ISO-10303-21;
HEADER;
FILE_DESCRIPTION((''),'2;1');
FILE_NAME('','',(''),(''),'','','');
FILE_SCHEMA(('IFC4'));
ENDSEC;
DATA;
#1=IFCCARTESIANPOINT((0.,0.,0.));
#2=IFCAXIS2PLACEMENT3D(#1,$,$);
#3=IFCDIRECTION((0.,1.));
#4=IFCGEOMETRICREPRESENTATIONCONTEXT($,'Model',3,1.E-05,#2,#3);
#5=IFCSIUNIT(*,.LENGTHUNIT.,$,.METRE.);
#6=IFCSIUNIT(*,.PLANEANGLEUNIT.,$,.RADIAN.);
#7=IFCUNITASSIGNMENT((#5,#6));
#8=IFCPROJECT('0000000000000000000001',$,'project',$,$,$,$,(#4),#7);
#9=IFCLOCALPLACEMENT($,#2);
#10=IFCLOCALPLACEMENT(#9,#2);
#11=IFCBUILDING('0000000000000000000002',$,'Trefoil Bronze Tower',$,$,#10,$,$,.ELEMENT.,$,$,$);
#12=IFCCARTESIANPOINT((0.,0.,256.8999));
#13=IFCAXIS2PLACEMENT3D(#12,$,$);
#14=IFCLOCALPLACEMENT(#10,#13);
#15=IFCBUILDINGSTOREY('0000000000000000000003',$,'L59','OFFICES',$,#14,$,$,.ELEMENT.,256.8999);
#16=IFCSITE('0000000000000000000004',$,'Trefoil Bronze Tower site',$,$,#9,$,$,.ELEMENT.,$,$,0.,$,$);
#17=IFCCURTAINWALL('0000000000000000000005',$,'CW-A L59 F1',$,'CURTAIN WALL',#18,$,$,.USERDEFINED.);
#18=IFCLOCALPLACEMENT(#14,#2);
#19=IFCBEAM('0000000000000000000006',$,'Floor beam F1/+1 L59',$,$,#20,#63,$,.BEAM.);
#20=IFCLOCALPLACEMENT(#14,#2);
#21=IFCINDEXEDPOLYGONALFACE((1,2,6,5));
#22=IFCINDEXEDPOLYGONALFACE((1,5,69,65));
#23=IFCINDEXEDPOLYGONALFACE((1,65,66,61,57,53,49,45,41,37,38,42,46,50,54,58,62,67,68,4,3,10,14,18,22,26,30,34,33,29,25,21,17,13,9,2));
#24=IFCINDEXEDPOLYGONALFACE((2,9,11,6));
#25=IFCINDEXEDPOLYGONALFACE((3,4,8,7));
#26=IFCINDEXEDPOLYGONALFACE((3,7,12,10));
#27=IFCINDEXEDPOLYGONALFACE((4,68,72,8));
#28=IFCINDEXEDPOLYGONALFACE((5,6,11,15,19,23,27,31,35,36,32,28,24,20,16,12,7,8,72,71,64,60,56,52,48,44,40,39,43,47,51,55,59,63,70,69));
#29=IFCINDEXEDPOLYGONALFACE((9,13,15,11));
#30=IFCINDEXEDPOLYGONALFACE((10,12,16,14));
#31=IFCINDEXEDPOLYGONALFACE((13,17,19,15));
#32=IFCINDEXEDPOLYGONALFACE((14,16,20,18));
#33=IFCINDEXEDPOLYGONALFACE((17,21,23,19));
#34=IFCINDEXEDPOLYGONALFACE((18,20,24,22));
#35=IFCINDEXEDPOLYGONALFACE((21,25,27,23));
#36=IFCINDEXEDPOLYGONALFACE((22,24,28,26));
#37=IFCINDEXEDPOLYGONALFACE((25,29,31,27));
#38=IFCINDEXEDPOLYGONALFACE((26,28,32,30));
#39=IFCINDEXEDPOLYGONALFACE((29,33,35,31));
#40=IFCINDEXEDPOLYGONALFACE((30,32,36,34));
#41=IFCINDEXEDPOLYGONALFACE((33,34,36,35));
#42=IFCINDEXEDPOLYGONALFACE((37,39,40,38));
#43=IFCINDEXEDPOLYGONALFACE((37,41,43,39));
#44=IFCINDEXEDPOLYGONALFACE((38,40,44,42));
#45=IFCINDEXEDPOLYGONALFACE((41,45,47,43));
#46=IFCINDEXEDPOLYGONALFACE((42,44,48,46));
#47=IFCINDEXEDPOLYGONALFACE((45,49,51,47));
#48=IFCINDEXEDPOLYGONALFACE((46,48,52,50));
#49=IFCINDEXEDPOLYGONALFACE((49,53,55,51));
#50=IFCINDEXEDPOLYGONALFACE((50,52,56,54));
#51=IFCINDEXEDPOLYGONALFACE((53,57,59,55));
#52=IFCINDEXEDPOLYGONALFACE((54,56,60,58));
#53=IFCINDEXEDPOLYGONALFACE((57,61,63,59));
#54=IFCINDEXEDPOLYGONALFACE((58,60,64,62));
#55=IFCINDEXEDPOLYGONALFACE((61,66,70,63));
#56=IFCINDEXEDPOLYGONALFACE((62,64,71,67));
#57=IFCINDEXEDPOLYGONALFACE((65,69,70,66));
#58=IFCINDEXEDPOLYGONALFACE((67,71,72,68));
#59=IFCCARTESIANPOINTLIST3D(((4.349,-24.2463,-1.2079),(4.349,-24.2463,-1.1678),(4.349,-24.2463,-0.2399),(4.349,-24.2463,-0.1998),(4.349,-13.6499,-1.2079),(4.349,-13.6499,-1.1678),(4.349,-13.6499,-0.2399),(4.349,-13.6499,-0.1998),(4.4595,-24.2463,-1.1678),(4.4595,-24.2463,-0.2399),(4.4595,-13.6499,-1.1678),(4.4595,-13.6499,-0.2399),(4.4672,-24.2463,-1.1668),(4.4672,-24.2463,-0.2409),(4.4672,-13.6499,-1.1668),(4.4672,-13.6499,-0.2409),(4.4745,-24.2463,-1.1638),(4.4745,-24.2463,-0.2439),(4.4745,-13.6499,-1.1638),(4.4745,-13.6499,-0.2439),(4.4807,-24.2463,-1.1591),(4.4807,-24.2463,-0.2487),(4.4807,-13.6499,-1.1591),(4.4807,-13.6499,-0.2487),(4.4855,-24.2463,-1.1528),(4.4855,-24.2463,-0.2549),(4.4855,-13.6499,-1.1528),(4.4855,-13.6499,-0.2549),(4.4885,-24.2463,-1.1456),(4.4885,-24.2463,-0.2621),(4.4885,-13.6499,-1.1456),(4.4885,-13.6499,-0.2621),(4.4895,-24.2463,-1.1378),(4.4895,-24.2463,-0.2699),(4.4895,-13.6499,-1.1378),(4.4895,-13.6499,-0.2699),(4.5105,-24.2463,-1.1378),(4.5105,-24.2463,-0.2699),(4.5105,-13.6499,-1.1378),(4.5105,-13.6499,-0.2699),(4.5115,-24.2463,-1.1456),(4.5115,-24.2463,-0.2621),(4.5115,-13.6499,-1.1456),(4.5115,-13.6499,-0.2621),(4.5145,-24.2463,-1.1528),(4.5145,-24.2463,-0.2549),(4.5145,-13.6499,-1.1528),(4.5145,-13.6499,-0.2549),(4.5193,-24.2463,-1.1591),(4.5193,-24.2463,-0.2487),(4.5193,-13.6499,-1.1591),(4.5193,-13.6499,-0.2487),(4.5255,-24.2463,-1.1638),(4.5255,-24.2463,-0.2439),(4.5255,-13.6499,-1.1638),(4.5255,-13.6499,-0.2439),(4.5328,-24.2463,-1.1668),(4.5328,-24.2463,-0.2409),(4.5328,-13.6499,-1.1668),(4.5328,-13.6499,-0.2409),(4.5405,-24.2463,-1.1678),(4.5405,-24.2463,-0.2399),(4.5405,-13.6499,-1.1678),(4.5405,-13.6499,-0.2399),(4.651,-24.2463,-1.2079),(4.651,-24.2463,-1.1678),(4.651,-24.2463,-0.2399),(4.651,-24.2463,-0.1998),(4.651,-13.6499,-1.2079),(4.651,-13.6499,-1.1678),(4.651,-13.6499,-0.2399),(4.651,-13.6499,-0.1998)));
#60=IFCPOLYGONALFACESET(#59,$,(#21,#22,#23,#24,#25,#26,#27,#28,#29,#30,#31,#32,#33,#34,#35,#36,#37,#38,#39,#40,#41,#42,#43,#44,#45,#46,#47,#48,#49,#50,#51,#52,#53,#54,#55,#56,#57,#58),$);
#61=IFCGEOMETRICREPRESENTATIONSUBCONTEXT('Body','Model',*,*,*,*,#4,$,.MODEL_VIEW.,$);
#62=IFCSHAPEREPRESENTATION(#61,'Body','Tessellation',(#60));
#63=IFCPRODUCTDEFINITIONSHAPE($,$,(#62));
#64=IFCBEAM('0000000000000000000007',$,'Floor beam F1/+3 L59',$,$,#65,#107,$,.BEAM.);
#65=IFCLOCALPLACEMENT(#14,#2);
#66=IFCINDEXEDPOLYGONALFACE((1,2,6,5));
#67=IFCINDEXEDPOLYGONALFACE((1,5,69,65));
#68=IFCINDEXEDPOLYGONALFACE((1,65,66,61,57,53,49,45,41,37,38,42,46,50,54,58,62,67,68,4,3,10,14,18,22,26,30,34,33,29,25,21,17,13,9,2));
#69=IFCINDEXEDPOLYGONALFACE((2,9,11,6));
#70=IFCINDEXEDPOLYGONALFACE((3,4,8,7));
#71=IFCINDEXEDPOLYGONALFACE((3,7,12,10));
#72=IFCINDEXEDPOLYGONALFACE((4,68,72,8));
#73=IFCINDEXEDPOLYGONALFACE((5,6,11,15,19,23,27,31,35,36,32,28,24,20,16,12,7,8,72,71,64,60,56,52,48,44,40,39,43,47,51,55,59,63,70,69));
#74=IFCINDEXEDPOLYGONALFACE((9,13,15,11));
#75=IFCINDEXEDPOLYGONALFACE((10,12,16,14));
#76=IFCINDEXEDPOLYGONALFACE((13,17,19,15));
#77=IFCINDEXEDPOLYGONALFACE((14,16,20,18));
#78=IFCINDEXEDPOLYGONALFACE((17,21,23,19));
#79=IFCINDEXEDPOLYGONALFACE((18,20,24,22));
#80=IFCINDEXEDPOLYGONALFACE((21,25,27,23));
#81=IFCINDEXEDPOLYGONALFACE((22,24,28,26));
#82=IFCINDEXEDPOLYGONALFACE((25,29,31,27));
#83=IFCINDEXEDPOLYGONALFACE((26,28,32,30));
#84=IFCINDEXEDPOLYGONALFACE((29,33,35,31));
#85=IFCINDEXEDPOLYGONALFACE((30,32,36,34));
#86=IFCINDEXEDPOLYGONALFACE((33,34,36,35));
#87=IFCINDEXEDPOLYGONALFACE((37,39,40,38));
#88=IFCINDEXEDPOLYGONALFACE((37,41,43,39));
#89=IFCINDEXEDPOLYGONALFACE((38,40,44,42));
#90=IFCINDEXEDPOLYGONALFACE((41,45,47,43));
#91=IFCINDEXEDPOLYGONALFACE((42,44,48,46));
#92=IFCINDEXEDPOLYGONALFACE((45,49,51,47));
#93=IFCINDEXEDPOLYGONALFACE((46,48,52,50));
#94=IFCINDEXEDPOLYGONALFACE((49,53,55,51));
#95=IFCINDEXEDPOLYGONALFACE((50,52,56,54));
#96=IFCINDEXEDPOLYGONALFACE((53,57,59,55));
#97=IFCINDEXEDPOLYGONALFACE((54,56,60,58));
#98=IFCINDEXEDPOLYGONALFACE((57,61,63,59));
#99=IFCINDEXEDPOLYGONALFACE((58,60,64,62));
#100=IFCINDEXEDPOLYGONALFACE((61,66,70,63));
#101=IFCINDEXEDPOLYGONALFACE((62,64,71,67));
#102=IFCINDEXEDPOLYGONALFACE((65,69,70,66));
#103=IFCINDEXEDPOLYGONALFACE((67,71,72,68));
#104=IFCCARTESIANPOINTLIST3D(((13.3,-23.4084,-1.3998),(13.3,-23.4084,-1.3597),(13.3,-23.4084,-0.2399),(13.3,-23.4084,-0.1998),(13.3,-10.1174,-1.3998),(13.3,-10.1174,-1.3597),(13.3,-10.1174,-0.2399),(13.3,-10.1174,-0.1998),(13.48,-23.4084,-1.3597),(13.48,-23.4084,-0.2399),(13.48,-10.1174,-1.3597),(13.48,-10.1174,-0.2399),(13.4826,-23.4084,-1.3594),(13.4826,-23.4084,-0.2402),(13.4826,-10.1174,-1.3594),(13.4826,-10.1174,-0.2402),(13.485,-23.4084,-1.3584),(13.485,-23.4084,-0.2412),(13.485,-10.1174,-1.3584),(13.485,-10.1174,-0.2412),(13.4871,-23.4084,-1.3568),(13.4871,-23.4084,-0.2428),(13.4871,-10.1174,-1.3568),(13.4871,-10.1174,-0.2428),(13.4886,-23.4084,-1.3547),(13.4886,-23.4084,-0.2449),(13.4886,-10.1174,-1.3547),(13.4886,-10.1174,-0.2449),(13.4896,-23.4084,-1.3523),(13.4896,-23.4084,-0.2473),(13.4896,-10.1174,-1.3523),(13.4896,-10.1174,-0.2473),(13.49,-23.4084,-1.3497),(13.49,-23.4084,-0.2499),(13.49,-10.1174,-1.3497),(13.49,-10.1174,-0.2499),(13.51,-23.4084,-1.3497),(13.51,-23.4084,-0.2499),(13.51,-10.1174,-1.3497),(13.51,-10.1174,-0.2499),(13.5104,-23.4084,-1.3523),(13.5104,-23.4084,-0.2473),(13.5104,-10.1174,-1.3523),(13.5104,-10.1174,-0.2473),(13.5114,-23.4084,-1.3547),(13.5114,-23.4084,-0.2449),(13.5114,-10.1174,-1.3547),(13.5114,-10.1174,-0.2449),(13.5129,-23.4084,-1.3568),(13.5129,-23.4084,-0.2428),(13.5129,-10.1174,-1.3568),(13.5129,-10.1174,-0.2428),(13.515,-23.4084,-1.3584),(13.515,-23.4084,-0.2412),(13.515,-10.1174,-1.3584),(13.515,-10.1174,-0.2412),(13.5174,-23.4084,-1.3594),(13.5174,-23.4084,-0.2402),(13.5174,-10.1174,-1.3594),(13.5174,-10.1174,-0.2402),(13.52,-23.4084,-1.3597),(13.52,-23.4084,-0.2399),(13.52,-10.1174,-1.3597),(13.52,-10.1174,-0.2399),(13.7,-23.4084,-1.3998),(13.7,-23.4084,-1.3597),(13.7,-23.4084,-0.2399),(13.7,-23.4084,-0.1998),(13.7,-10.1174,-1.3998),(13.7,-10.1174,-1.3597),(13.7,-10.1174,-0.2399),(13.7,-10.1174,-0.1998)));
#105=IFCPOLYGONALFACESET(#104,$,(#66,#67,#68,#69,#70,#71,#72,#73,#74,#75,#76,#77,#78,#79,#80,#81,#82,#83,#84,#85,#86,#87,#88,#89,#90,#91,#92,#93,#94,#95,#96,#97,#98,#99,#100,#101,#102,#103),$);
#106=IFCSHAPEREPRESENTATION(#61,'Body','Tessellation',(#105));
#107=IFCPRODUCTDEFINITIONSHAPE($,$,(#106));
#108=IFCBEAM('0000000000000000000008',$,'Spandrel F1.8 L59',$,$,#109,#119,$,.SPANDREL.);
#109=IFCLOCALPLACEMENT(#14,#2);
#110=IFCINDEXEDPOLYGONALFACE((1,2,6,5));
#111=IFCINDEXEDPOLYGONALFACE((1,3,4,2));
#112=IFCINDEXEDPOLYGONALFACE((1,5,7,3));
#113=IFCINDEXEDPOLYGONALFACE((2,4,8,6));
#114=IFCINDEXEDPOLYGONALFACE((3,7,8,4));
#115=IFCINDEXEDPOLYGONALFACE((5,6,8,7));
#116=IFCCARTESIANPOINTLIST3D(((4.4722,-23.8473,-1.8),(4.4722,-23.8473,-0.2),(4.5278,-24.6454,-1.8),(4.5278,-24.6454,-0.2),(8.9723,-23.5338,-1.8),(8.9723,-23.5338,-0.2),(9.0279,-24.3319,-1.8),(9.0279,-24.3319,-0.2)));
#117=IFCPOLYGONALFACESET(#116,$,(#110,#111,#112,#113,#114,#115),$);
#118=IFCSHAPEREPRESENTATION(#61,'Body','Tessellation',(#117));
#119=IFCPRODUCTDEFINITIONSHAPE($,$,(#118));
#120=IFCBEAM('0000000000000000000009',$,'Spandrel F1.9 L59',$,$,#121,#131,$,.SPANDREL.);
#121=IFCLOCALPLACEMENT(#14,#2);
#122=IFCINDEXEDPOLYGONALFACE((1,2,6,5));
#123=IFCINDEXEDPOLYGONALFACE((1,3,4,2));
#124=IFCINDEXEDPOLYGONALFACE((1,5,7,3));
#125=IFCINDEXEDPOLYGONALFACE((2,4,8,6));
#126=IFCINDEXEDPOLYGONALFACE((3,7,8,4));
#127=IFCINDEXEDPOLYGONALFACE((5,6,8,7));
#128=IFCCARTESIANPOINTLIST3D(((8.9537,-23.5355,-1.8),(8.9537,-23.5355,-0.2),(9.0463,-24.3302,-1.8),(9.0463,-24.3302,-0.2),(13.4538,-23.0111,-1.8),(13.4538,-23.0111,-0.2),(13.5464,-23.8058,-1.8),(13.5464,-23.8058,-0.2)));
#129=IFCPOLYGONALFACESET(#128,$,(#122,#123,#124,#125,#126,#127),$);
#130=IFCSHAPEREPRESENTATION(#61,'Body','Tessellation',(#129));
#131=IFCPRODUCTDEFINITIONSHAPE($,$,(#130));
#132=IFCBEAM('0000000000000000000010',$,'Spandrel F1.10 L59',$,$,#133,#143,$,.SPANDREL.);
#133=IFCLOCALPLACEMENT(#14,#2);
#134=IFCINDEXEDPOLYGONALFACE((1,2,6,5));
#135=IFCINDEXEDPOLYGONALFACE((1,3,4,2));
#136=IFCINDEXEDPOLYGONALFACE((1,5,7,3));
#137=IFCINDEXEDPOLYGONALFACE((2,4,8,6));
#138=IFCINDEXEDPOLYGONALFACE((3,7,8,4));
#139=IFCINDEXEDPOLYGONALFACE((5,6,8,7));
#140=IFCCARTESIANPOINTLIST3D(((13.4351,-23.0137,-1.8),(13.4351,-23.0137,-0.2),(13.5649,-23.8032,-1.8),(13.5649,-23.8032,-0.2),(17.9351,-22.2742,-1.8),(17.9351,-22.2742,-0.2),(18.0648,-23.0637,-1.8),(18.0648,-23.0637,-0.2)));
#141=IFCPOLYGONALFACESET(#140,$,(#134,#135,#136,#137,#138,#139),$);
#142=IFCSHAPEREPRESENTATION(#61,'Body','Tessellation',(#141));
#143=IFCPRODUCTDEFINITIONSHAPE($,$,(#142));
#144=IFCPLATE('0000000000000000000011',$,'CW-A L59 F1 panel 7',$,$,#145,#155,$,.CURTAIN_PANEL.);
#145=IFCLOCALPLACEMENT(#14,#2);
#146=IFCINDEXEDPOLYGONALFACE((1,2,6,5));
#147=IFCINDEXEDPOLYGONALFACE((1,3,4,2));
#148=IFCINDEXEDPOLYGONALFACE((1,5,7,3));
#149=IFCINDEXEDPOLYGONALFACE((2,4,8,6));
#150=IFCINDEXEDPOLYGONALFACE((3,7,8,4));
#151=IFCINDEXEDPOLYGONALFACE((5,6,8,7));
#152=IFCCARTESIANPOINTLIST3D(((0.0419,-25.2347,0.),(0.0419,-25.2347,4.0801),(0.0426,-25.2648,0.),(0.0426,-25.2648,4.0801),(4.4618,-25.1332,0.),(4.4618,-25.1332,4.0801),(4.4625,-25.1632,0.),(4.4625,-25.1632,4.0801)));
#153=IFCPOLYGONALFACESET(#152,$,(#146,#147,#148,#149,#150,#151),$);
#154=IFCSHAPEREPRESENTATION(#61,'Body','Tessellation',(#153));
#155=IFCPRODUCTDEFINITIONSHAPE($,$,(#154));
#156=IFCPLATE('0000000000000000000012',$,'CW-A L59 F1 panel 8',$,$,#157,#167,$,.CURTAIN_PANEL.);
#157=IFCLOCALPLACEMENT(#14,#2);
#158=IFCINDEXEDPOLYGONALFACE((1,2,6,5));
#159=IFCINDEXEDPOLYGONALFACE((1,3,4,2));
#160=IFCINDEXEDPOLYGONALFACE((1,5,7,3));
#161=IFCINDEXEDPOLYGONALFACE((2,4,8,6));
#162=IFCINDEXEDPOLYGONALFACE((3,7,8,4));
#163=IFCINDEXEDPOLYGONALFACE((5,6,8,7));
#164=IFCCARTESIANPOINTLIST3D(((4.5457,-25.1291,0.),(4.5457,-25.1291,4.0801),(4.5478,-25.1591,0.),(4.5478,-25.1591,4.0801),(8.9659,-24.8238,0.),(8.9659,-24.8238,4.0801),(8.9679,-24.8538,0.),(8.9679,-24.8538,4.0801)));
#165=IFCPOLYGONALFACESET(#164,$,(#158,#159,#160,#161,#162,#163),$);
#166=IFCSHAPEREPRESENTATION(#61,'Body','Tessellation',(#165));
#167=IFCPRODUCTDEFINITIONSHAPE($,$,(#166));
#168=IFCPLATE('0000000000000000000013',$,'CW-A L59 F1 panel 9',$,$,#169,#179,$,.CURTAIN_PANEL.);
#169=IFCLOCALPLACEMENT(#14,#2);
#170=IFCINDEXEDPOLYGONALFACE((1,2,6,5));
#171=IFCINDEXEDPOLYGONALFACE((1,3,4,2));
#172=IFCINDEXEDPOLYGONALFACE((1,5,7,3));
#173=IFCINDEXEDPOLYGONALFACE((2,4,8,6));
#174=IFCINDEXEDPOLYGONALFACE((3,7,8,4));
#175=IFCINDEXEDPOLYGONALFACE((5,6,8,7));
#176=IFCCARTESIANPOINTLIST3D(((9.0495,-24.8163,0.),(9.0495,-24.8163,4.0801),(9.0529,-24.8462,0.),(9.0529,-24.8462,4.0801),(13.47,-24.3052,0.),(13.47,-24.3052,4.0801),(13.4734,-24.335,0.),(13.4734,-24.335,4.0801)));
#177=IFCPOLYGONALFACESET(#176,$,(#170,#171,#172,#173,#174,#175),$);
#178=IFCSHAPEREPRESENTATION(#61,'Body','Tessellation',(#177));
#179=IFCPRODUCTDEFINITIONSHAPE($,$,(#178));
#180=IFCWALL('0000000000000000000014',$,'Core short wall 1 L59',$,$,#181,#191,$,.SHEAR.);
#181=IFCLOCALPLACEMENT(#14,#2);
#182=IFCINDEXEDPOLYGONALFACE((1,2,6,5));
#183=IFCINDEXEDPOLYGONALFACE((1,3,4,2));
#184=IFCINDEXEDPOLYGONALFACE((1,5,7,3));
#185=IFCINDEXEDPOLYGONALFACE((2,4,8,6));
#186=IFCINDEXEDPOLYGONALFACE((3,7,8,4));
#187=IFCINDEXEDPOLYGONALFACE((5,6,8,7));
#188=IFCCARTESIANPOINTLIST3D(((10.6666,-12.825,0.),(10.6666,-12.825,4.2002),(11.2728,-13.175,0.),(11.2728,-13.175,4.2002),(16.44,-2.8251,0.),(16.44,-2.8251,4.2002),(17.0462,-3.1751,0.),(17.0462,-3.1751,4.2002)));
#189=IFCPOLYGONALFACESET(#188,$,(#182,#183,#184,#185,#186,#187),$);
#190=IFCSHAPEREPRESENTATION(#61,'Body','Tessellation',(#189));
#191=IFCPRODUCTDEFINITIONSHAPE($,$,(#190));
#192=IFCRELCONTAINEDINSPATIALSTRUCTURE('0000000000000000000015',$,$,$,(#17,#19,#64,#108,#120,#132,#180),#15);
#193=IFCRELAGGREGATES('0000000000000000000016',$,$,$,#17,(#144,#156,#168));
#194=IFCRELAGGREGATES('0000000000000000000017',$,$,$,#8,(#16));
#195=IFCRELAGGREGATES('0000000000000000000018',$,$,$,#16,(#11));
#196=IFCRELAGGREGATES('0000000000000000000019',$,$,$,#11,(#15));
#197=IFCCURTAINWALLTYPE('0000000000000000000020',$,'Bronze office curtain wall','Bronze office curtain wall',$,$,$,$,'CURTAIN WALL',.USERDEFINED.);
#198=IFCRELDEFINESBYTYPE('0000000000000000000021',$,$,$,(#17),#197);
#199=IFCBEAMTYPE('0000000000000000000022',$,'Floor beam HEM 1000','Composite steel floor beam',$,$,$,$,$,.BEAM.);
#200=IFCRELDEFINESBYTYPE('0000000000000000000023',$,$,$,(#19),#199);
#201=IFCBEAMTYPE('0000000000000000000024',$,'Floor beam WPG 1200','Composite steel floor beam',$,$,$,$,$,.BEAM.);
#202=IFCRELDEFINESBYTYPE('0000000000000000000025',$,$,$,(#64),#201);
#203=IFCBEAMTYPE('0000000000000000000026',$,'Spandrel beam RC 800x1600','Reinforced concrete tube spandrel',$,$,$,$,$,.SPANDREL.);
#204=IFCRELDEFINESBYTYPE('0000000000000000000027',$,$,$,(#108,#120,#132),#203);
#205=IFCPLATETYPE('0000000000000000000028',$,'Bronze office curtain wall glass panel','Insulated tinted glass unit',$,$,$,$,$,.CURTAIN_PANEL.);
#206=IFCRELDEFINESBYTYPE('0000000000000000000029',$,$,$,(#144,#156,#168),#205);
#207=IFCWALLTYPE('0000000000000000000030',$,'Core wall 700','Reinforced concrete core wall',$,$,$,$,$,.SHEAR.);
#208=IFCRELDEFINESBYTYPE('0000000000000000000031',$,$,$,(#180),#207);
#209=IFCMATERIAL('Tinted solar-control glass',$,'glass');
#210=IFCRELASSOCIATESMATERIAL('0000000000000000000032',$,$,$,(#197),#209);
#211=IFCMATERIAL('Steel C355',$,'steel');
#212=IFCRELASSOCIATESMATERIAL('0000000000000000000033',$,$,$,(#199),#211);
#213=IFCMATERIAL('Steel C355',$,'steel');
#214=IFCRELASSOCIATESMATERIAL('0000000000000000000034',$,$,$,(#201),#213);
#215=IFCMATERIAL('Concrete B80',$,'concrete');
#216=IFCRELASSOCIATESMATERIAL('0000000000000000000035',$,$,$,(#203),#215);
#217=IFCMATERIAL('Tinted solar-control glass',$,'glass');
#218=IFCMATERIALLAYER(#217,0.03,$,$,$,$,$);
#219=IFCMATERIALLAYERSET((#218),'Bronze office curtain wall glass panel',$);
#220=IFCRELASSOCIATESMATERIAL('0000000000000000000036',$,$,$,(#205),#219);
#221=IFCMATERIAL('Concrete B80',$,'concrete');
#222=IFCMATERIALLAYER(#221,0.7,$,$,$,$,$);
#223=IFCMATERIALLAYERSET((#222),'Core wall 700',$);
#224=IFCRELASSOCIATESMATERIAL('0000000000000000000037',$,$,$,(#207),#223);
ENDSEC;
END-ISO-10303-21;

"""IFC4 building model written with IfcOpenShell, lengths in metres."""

from ifc_helpers import new_model, si_unit, direction, frame, frame_2d, origin, origin_2d, place, context, subcontext, project, spatial, rectangle, i_section, extrude, material, layer, layer_set, material_profile, profile_set, type_object, element, aggregate, save


model = new_model("IFC4")

# Units and contexts
model_context = context("Model", 3, precision=1e-05, world=origin(), true_north=direction((0.0, 1.0)))
body_context = subcontext(model_context, "Body", "Model", "MODEL_VIEW")
ifc_project = project(units=[si_unit("LENGTHUNIT", "METRE"), si_unit("PLANEANGLEUNIT", "RADIAN")], contexts=[model_context])

# Site, building, storey
site_placement = place(None, origin())
site = spatial("IfcSite", under=ifc_project, at=site_placement, Name="Trefoil Bronze Tower site", CompositionType="ELEMENT", RefElevation=0.0)
building_placement = place(site_placement, origin())
building = spatial("IfcBuilding", under=site, at=building_placement, Name="Trefoil Bronze Tower", CompositionType="ELEMENT")
storey_placement = place(building_placement, frame((0.0, 0.0, 256.8999)))
storey = spatial("IfcBuildingStorey", under=building, at=storey_placement, Name="L59", Description="OFFICES", CompositionType="ELEMENT", Elevation=256.8999)

# Curtain wall
ifc_material_1 = material(Name="Tinted solar-control glass", Category="glass")
curtain_wall_type = type_object("IfcCurtainWallType", Name="Bronze office curtain wall", Description="Bronze office curtain wall", ElementType="CURTAIN WALL", PredefinedType="USERDEFINED", material=ifc_material_1)
curtain_wall_placement = place(storey_placement, origin())
curtain_wall = element("IfcCurtainWall", 1, at=curtain_wall_placement, inside=storey, type_object=curtain_wall_type, Name="CW-A L59 F1", ObjectType="CURTAIN WALL", PredefinedType="USERDEFINED")

# Beams
ifc_material_2 = material(Name="Steel C355", Category="steel")
ifc_material_profile_1 = material_profile(ifc_material_2, i_section(OverallWidth=0.302, OverallDepth=1.0081, WebThickness=0.021, FlangeThickness=0.04, FilletRadius=0.03, at=origin_2d()), Name="HEM 1000")
ifc_profile_set_1 = profile_set([ifc_material_profile_1], Name="Steel C355")
beam_type_1 = type_object("IfcBeamType", Name="Floor beam HEM 1000", Description="Composite steel floor beam", PredefinedType="BEAM", material=ifc_profile_set_1)
beam_1_placement = place(storey_placement, frame((4.5, -24.2463, -0.7039), z_axis=(0.0, 1.0, 0.0), x_axis=(-1.0, 0.0, 0.0)))
element("IfcBeam", 2, at=beam_1_placement, inside=storey, type_object=beam_type_1, Name="Floor beam F1/+1 L59", PredefinedType="BEAM", context=body_context, shape_type="SweptSolid", body=[
    extrude(i_section(OverallWidth=0.302, OverallDepth=1.0081, WebThickness=0.021, FlangeThickness=0.04, FilletRadius=0.03, at=origin_2d()), origin(), (0.0, 0.0, 1.0), 10.5964),
])
ifc_material_3 = material(Name="Steel C355", Category="steel")
ifc_material_profile_2 = material_profile(ifc_material_3, i_section(OverallWidth=0.3999, OverallDepth=1.2, WebThickness=0.02, FlangeThickness=0.04, FilletRadius=0.01, at=origin_2d()), Name="WPG 1200")
ifc_profile_set_2 = profile_set([ifc_material_profile_2], Name="Steel C355")
beam_type_2 = type_object("IfcBeamType", Name="Floor beam WPG 1200", Description="Composite steel floor beam", PredefinedType="BEAM", material=ifc_profile_set_2)
beam_2_placement = place(storey_placement, frame((13.5, -23.4084, -0.7998), z_axis=(0.0, 1.0, 0.0), x_axis=(-1.0, 0.0, 0.0)))
element("IfcBeam", 3, at=beam_2_placement, inside=storey, type_object=beam_type_2, Name="Floor beam F1/+3 L59", PredefinedType="BEAM", context=body_context, shape_type="SweptSolid", body=[
    extrude(i_section(OverallWidth=0.3999, OverallDepth=1.2, WebThickness=0.02, FlangeThickness=0.04, FilletRadius=0.01, at=origin_2d()), origin(), (0.0, 0.0, 1.0), 13.291),
])
ifc_material_4 = material(Name="Concrete B80", Category="concrete")
ifc_material_profile_3 = material_profile(ifc_material_4, rectangle(XDim=0.8, YDim=1.6001, at=origin_2d()), Name="RC 800x1600")
ifc_profile_set_3 = profile_set([ifc_material_profile_3], Name="Concrete B80")
beam_type_3 = type_object("IfcBeamType", Name="Spandrel beam RC 800x1600", Description="Reinforced concrete tube spandrel", PredefinedType="SPANDREL", material=ifc_profile_set_3)
beam_3_placement = place(storey_placement, frame((4.5, -24.2463, -1.0), z_axis=(0.997582, 0.069493, 0.0), x_axis=(-0.069493, 0.997582, 0.0)))
element("IfcBeam", 4, at=beam_3_placement, inside=storey, type_object=beam_type_3, Name="Spandrel F1.8 L59", PredefinedType="SPANDREL", context=body_context, shape_type="SweptSolid", body=[
    extrude(rectangle(XDim=0.8, YDim=1.6001, at=origin_2d()), origin(), (0.0, 0.0, 1.0), 4.511),
])
beam_4_placement = place(storey_placement, frame((9.0, -23.9329, -1.0), z_axis=(0.993278, 0.115753, 0.0), x_axis=(-0.115753, 0.993278, 0.0)))
element("IfcBeam", 5, at=beam_4_placement, inside=storey, type_object=beam_type_3, Name="Spandrel F1.9 L59", PredefinedType="SPANDREL", context=body_context, shape_type="SweptSolid", body=[
    extrude(rectangle(XDim=0.8, YDim=1.6001, at=origin_2d()), origin(), (0.0, 0.0, 1.0), 4.5305),
])
beam_5_placement = place(storey_placement, frame((13.5, -23.4084, -1.0), z_axis=(0.986765, 0.162159, 0.0), x_axis=(-0.162159, 0.986765, 0.0)))
element("IfcBeam", 6, at=beam_5_placement, inside=storey, type_object=beam_type_3, Name="Spandrel F1.10 L59", PredefinedType="SPANDREL", context=body_context, shape_type="SweptSolid", body=[
    extrude(rectangle(XDim=0.8, YDim=1.6001, at=origin_2d()), origin(), (0.0, 0.0, 1.0), 4.5603),
])

# Plates
ifc_material_5 = material(Name="Tinted solar-control glass", Category="glass")
ifc_layer_1 = layer(ifc_material_5, 0.03)
ifc_layer_set_1 = layer_set([ifc_layer_1], Name="Bronze office curtain wall glass panel")
plate_type = type_object("IfcPlateType", Name="Bronze office curtain wall glass panel", Description="Insulated tinted glass unit", PredefinedType="CURTAIN_PANEL", material=ifc_layer_set_1)
plate_1_placement = place(storey_placement, frame((2.2522, -25.199, 0.0), z_axis=(0.0, 0.0, 1.0), x_axis=(0.999736, 0.022972, 0.0)))
plate_1 = element("IfcPlate", 7, at=plate_1_placement, type_object=plate_type, Name="CW-A L59 F1 panel 7", PredefinedType="CURTAIN_PANEL", context=body_context, shape_type="SweptSolid", body=[
    extrude(rectangle(XDim=4.4211, YDim=0.03, at=origin_2d()), origin(), (0.0, 0.0, 1.0), 4.0801),
])
plate_2_placement = place(storey_placement, frame((6.7568, -24.9915, 0.0), z_axis=(0.0, 0.0, 1.0), x_axis=(0.997623, 0.068915, 0.0)))
plate_2 = element("IfcPlate", 8, at=plate_2_placement, type_object=plate_type, Name="CW-A L59 F1 panel 8", PredefinedType="CURTAIN_PANEL", context=body_context, shape_type="SweptSolid", body=[
    extrude(rectangle(XDim=4.4307, YDim=0.03, at=origin_2d()), origin(), (0.0, 0.0, 1.0), 4.0801),
])
plate_3_placement = place(storey_placement, frame((11.2615, -24.5757, 0.0), z_axis=(0.0, 0.0, 1.0), x_axis=(0.993382, 0.114859, 0.0)))
plate_3 = element("IfcPlate", 9, at=plate_3_placement, type_object=plate_type, Name="CW-A L59 F1 panel 9", PredefinedType="CURTAIN_PANEL", context=body_context, shape_type="SweptSolid", body=[
    extrude(rectangle(XDim=4.45, YDim=0.03, at=origin_2d()), origin(), (0.0, 0.0, 1.0), 4.0801),
])
aggregate(curtain_wall, [plate_1, plate_2, plate_3])

# Wall
ifc_material_6 = material(Name="Concrete B80", Category="concrete")
ifc_layer_2 = layer(ifc_material_6, 0.7)
ifc_layer_set_2 = layer_set([ifc_layer_2], Name="Core wall 700")
wall_type_1 = type_object("IfcWallType", Name="Core wall 700", Description="Reinforced concrete core wall", PredefinedType="SHEAR", material=ifc_layer_set_2)
wall_1_placement = place(storey_placement, frame((10.9697, -13.0, 0.0), z_axis=(0.0, 0.0, 1.0), x_axis=(0.499996, 0.866028, 0.0)))
element("IfcWall", 10, at=wall_1_placement, inside=storey, type_object=wall_type_1, Name="Core short wall 1 L59", PredefinedType="SHEAR", context=body_context, shape_type="SweptSolid", body=[
    extrude(rectangle(XDim=11.5469, YDim=0.7, at=frame_2d((5.7734, 0.0))), origin(), (0.0, 0.0, 1.0), 4.2002),
])

save(model, "model.ifc")
